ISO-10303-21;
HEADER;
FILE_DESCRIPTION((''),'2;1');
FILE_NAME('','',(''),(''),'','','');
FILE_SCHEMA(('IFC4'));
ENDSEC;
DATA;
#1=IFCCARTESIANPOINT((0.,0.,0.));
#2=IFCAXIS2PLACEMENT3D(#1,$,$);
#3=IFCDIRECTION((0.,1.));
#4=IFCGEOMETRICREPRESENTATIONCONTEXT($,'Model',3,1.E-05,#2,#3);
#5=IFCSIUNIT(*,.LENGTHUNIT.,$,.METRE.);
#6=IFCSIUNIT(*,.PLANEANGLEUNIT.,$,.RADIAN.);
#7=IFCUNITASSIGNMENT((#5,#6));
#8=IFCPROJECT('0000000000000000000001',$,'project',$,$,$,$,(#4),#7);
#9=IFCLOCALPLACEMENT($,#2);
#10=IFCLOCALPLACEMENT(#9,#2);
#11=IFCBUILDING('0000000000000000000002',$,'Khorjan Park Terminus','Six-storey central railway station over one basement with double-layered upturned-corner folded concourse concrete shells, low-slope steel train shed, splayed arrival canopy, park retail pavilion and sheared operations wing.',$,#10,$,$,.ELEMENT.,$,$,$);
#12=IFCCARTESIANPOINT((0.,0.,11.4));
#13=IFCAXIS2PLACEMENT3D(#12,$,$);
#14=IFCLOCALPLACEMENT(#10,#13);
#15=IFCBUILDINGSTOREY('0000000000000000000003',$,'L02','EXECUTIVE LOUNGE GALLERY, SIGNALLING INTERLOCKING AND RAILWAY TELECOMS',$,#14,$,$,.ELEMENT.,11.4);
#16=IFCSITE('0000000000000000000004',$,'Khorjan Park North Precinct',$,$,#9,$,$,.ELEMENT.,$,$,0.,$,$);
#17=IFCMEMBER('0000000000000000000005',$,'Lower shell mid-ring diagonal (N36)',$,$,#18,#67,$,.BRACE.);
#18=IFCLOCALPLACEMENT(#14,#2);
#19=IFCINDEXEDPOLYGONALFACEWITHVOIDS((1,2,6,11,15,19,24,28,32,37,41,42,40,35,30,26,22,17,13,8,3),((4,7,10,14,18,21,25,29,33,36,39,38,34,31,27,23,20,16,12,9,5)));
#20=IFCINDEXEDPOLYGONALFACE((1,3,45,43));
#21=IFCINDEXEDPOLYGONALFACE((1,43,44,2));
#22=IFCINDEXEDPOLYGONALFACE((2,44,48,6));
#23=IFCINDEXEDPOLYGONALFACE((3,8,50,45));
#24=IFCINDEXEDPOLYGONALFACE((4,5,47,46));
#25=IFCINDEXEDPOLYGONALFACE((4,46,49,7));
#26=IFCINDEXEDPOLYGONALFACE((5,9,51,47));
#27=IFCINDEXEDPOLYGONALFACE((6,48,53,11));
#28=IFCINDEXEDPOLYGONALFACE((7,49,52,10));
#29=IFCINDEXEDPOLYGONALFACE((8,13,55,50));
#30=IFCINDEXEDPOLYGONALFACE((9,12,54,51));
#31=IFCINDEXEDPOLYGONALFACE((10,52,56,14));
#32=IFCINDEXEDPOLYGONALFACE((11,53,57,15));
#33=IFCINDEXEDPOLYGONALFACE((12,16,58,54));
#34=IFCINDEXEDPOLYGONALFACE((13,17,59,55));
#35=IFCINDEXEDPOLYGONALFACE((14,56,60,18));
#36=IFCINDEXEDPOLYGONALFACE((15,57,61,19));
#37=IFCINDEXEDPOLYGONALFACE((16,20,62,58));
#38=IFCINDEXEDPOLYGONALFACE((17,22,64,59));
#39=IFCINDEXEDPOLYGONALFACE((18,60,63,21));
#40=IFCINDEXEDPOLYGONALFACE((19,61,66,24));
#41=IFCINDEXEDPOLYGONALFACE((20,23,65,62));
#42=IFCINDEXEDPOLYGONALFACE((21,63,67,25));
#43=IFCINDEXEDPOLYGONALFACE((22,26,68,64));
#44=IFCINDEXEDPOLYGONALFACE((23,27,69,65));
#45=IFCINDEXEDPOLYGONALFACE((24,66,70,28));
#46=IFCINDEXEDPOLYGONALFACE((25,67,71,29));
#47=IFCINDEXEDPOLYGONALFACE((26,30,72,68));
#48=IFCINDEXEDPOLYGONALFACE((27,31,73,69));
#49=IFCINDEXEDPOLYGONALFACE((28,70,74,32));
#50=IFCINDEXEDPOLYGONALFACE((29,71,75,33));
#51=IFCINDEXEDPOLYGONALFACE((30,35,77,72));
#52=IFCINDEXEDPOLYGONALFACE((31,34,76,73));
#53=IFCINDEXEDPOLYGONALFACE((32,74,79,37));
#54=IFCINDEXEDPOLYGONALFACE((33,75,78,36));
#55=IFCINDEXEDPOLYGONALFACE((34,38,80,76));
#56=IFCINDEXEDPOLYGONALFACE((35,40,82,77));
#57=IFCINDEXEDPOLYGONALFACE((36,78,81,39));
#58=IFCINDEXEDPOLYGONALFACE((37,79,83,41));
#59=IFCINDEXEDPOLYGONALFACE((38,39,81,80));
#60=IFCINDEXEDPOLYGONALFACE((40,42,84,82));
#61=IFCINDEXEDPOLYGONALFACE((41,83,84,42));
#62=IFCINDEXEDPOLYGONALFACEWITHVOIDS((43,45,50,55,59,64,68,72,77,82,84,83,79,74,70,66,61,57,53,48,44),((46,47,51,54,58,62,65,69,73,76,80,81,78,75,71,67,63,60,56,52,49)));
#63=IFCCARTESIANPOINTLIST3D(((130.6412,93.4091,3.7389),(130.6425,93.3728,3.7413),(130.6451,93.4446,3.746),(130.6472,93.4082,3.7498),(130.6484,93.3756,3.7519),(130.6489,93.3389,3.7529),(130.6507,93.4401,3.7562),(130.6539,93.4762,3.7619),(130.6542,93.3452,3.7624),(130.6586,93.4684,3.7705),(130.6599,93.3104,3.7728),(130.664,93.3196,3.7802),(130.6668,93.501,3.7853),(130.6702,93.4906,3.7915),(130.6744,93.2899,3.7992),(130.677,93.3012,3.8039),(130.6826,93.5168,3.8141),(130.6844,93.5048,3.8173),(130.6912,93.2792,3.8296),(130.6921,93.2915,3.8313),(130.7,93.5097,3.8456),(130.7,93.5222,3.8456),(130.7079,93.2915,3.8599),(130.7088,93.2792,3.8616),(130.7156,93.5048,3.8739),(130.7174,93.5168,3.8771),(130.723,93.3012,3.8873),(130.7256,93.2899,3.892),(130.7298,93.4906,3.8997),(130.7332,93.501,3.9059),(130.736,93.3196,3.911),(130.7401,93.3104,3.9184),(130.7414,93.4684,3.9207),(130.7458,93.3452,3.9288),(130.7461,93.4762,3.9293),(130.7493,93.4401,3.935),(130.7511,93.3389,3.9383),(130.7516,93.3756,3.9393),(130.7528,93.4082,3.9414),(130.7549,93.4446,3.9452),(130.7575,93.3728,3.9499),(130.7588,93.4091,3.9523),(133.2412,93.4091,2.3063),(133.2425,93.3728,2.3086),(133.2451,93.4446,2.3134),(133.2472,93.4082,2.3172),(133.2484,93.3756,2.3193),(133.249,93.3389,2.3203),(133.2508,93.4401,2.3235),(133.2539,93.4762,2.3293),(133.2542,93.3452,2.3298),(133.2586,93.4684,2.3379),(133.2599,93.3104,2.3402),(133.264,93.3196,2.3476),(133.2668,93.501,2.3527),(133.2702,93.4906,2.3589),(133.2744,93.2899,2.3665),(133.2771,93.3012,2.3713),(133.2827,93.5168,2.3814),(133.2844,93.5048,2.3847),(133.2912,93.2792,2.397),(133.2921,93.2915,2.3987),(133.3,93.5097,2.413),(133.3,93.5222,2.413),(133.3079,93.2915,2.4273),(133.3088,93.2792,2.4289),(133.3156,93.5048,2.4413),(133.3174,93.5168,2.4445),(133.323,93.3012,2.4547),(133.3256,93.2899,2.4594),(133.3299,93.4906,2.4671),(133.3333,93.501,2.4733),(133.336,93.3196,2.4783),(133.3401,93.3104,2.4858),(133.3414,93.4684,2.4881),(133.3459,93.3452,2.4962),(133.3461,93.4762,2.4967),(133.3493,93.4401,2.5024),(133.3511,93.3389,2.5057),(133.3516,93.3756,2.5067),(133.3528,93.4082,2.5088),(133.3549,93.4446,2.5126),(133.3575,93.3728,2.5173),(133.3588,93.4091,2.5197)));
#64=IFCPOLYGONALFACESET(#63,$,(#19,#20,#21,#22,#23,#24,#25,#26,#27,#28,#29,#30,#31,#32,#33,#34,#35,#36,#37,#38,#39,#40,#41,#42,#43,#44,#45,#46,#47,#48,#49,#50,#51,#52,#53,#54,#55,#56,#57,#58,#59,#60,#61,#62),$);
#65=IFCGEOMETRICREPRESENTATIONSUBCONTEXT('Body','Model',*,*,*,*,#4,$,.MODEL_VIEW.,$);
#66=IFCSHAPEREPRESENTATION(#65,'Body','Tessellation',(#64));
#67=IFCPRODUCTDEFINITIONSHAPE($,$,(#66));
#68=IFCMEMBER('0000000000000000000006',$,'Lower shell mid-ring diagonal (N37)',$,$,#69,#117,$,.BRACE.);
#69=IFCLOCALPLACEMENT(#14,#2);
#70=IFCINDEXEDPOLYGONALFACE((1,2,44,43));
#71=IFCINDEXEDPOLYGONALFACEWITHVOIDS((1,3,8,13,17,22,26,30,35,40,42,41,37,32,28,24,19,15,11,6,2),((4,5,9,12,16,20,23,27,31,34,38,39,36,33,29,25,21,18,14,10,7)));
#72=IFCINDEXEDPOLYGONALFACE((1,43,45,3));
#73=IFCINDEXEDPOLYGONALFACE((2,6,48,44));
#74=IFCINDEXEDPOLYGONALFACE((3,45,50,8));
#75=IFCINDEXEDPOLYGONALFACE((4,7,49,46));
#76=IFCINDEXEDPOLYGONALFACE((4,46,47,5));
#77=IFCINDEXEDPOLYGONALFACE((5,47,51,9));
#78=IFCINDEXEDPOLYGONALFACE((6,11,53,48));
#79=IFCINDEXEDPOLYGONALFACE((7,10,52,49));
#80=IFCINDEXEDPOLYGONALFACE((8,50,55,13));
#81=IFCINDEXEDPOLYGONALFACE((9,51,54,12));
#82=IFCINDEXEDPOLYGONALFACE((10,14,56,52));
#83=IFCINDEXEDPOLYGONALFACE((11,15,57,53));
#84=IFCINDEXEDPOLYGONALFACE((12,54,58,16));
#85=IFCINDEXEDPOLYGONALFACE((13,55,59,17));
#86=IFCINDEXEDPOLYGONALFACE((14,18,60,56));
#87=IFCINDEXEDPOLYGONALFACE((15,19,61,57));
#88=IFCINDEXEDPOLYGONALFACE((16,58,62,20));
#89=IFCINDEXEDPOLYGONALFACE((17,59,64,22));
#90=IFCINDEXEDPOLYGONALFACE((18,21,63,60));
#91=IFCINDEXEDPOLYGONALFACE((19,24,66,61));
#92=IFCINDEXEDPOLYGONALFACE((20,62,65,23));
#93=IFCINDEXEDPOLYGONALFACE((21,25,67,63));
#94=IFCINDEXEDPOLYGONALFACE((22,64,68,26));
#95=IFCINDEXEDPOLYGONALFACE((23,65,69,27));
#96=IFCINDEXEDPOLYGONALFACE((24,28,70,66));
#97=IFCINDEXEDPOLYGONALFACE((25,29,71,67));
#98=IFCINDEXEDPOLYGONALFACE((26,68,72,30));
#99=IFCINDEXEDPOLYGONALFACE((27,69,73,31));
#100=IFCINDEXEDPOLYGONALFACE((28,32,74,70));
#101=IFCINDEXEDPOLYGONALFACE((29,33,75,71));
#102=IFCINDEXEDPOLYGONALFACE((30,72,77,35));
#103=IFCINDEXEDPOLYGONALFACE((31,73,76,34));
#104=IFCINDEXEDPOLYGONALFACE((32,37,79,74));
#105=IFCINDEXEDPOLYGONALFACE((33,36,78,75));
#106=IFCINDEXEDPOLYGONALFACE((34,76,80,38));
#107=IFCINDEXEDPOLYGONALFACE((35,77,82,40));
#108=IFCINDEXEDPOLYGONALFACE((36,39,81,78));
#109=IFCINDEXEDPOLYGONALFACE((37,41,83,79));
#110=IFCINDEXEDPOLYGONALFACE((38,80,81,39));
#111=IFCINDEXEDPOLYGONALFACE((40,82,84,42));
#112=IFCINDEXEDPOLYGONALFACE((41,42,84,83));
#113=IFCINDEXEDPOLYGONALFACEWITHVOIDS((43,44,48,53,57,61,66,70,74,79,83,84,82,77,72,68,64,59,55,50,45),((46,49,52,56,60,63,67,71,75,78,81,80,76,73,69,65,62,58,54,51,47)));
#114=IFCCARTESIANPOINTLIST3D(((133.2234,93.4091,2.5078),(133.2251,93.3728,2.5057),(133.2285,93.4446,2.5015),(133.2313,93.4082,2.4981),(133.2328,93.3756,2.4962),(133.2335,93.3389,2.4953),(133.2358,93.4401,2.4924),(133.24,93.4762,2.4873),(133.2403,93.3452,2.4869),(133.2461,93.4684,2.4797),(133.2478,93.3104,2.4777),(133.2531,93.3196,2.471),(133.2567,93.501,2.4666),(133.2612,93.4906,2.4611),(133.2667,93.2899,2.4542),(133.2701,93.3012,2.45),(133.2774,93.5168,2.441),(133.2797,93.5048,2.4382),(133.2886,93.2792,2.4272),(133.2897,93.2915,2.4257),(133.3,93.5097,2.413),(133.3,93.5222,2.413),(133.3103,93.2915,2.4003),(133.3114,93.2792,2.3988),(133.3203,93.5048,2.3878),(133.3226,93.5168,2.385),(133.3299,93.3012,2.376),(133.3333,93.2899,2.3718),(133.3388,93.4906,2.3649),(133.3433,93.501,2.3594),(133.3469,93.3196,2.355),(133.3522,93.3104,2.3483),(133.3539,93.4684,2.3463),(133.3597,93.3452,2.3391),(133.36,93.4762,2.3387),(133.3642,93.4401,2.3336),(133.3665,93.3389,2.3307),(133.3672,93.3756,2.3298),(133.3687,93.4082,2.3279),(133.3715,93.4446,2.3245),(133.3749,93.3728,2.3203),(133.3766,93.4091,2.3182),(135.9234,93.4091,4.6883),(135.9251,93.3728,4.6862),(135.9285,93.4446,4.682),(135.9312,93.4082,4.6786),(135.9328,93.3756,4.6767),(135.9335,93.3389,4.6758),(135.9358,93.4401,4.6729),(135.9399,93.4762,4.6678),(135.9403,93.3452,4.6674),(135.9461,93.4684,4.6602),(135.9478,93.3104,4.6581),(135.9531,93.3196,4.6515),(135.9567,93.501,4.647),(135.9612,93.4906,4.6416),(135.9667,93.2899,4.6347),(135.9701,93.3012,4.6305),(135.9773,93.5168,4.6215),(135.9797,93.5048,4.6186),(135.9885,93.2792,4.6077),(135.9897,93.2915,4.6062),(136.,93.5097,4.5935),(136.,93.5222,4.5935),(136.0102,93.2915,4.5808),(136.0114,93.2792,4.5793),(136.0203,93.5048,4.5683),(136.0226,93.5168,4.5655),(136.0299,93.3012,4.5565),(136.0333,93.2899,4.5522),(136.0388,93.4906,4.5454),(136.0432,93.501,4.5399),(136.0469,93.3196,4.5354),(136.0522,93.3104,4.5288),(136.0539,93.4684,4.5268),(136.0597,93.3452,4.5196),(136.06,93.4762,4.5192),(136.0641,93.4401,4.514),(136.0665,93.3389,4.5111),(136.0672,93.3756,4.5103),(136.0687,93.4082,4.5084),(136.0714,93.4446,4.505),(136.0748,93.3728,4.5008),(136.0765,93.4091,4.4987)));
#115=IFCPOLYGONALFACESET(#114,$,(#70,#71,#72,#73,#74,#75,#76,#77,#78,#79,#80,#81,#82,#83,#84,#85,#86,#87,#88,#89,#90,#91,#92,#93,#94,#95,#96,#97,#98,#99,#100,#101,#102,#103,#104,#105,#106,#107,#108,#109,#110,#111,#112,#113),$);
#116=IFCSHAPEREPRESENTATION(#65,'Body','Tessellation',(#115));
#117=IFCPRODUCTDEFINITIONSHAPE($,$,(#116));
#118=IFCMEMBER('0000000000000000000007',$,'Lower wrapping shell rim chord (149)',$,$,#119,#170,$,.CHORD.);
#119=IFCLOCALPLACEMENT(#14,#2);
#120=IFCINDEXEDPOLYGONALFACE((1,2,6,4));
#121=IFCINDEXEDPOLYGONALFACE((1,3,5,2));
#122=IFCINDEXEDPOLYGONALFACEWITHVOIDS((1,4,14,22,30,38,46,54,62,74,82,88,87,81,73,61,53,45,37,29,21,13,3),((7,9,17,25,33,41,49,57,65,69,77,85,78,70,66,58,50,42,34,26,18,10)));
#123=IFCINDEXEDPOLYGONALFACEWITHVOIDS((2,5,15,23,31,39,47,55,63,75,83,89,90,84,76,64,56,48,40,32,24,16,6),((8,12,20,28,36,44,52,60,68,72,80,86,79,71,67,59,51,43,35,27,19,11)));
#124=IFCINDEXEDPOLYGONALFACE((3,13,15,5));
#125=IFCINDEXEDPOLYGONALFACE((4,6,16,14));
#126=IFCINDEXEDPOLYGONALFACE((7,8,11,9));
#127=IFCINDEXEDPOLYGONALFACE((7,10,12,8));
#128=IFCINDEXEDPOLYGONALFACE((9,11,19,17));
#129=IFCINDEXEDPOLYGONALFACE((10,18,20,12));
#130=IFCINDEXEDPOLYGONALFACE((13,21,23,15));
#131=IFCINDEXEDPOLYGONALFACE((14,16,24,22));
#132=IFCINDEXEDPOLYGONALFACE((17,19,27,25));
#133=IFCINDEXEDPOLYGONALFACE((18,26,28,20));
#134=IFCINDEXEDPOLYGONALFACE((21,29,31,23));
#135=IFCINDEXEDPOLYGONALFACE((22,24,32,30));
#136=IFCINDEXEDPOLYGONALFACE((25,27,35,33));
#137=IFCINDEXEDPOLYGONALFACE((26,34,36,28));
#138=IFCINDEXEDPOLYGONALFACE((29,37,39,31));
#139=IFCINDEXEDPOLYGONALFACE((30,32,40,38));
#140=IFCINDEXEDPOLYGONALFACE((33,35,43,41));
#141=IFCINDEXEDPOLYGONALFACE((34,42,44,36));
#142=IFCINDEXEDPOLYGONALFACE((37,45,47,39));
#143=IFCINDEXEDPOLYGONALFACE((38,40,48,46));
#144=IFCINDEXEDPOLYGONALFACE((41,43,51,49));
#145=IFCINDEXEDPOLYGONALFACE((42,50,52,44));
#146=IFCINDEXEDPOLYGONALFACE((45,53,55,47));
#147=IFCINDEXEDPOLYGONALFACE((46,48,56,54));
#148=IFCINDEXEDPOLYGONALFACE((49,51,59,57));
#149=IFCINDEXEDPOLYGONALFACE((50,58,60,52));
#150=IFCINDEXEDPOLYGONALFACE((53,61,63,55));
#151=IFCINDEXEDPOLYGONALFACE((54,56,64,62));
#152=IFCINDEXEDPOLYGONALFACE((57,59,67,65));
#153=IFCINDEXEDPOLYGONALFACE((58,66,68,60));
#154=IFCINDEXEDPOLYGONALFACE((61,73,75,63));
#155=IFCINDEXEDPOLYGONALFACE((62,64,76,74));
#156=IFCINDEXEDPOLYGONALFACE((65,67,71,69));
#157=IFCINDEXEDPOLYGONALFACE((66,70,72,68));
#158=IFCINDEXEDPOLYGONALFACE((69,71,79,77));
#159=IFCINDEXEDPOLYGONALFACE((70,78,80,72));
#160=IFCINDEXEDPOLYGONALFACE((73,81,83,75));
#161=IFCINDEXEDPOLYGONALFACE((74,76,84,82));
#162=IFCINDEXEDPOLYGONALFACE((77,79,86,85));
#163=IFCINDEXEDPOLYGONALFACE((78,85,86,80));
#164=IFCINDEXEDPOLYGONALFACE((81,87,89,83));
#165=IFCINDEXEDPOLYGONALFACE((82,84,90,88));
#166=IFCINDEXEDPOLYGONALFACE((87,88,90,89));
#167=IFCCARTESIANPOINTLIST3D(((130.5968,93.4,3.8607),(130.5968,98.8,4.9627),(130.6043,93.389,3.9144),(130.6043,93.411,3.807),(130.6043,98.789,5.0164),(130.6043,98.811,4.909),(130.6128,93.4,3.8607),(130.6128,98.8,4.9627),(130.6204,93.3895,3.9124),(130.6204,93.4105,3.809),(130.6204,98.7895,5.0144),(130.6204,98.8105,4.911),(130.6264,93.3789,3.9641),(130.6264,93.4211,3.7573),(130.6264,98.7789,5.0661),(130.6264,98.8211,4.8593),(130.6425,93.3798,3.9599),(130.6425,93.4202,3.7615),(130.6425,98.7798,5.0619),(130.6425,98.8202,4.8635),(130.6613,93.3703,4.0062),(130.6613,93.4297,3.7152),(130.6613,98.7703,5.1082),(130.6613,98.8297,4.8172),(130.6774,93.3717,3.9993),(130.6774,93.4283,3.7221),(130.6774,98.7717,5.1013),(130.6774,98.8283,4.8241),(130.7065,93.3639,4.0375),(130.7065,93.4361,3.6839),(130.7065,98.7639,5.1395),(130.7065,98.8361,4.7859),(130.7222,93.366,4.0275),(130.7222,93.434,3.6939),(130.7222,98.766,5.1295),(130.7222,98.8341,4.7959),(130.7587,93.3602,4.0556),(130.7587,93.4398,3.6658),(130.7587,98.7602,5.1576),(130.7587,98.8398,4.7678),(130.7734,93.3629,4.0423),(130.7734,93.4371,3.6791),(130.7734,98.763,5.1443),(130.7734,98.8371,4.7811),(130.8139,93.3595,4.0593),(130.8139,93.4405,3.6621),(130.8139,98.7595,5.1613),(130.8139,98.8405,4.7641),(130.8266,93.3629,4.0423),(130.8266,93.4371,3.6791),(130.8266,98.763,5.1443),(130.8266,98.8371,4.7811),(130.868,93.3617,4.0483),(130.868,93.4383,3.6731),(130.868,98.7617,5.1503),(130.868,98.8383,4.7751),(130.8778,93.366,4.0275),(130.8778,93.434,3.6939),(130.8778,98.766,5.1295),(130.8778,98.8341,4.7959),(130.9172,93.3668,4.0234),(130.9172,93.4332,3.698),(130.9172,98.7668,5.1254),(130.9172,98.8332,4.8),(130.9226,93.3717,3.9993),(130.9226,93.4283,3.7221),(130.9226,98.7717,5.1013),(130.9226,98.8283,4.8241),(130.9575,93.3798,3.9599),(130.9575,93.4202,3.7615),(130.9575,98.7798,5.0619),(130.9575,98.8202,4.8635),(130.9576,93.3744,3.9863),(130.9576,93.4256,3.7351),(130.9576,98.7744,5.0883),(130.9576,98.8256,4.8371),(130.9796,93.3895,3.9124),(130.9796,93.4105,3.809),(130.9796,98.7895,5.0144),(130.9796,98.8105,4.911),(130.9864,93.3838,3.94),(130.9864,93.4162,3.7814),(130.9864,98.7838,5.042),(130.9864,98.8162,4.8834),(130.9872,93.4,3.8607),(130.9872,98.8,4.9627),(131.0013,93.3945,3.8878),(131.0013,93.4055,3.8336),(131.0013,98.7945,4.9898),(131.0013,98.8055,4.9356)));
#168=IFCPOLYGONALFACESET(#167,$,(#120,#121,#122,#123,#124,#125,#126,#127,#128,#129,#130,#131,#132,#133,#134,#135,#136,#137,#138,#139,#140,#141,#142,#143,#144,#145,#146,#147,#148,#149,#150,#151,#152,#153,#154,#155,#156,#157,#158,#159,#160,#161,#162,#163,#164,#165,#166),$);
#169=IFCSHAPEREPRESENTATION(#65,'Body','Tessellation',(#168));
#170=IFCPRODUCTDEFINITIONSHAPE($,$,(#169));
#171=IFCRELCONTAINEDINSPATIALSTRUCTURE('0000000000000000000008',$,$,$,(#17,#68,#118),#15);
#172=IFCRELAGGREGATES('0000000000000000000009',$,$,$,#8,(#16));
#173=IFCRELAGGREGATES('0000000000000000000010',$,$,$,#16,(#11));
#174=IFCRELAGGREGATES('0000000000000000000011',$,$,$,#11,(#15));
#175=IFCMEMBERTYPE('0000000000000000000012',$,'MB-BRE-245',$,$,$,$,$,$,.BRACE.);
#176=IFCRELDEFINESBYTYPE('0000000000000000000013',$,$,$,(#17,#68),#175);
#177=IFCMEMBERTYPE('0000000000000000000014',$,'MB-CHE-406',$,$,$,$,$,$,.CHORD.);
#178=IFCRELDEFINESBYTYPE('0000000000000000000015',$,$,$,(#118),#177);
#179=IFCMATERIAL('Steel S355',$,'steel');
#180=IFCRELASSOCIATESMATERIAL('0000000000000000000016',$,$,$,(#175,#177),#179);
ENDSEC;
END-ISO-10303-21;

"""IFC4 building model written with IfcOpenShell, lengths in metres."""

from ifc_helpers import new_model, si_unit, direction, frame, origin, origin_2d, place, context, subcontext, project, spatial, hollow_circle, extrude, material, material_profile, profile_set, type_object, element, save


model = new_model("IFC4")

# Units and contexts
model_context = context("Model", 3, precision=1e-05, world=origin(), true_north=direction((0.0, 1.0)))
body_context = subcontext(model_context, "Body", "Model", "MODEL_VIEW")
ifc_project = project(units=[si_unit("LENGTHUNIT", "METRE"), si_unit("PLANEANGLEUNIT", "RADIAN")], contexts=[model_context])

# Site, building, storey
site_placement = place(None, origin())
site = spatial("IfcSite", under=ifc_project, at=site_placement, Name="Khorjan Park North Precinct", CompositionType="ELEMENT", RefElevation=0.0)
building_placement = place(site_placement, origin())
building = spatial("IfcBuilding", under=site, at=building_placement, Name="Khorjan Park Terminus", Description="Six-storey central railway station over one basement with double-layered upturned-corner folded concourse concrete shells, low-slope steel train shed, splayed arrival canopy, park retail pavilion and sheared operations wing.", CompositionType="ELEMENT")
storey_placement = place(building_placement, frame((0.0, 0.0, 11.4)))
storey = spatial("IfcBuildingStorey", under=building, at=storey_placement, Name="L02", Description="EXECUTIVE LOUNGE GALLERY, SIGNALLING INTERLOCKING AND RAILWAY TELECOMS", CompositionType="ELEMENT", Elevation=11.4)

# Members
ifc_material_1 = material(Name="Steel S355", Category="steel")
ifc_material_profile_1 = material_profile(ifc_material_1, hollow_circle(Radius=0.1222, WallThickness=0.0125, at=origin_2d()), Name="CHS 244.5x12.5")
ifc_profile_set_1 = profile_set([ifc_material_profile_1], Name="Steel S355")
member_type_1 = type_object("IfcMemberType", Name="MB-BRE-245", PredefinedType="BRACE", material=ifc_profile_set_1)
member_1_placement = place(storey_placement, frame((130.7, 93.4, 3.8456), z_axis=(0.875846, 0.0, -0.482591), x_axis=(0.0, 1.0, 0.0)))
element("IfcMember", 1, at=member_1_placement, inside=storey, type_object=member_type_1, Name="Lower shell mid-ring diagonal (N36)", PredefinedType="BRACE", context=body_context, shape_type="SweptSolid", body=[
    extrude(hollow_circle(Radius=0.1222, WallThickness=0.0125, at=origin_2d()), origin(), (0.0, 0.0, 1.0), 2.9686),
])
member_2_placement = place(storey_placement, frame((133.3, 93.4, 2.413), z_axis=(0.777979, 0.0, 0.62829), x_axis=(0.0, 1.0, 0.0)))
element("IfcMember", 2, at=member_2_placement, inside=storey, type_object=member_type_1, Name="Lower shell mid-ring diagonal (N37)", PredefinedType="BRACE", context=body_context, shape_type="SweptSolid", body=[
    extrude(hollow_circle(Radius=0.1222, WallThickness=0.0125, at=origin_2d()), origin(), (0.0, 0.0, 1.0), 3.4705),
])
ifc_material_profile_2 = material_profile(ifc_material_1, hollow_circle(Radius=0.2032, WallThickness=0.016, at=origin_2d()), Name="CHS 406.4x16")
ifc_profile_set_2 = profile_set([ifc_material_profile_2], Name="Steel S355")
member_type_2 = type_object("IfcMemberType", Name="MB-CHE-406", PredefinedType="CHORD", material=ifc_profile_set_2)
member_3_placement = place(storey_placement, frame((130.8, 93.4, 3.8607), z_axis=(0.0, 0.979806, 0.199953), x_axis=(-1.0, 0.0, 0.0)))
element("IfcMember", 3, at=member_3_placement, inside=storey, type_object=member_type_2, Name="Lower wrapping shell rim chord (149)", PredefinedType="CHORD", context=body_context, shape_type="SweptSolid", body=[
    extrude(hollow_circle(Radius=0.2032, WallThickness=0.016, at=origin_2d()), origin(), (0.0, 0.0, 1.0), 5.5113),
])

save(model, "model.ifc")
